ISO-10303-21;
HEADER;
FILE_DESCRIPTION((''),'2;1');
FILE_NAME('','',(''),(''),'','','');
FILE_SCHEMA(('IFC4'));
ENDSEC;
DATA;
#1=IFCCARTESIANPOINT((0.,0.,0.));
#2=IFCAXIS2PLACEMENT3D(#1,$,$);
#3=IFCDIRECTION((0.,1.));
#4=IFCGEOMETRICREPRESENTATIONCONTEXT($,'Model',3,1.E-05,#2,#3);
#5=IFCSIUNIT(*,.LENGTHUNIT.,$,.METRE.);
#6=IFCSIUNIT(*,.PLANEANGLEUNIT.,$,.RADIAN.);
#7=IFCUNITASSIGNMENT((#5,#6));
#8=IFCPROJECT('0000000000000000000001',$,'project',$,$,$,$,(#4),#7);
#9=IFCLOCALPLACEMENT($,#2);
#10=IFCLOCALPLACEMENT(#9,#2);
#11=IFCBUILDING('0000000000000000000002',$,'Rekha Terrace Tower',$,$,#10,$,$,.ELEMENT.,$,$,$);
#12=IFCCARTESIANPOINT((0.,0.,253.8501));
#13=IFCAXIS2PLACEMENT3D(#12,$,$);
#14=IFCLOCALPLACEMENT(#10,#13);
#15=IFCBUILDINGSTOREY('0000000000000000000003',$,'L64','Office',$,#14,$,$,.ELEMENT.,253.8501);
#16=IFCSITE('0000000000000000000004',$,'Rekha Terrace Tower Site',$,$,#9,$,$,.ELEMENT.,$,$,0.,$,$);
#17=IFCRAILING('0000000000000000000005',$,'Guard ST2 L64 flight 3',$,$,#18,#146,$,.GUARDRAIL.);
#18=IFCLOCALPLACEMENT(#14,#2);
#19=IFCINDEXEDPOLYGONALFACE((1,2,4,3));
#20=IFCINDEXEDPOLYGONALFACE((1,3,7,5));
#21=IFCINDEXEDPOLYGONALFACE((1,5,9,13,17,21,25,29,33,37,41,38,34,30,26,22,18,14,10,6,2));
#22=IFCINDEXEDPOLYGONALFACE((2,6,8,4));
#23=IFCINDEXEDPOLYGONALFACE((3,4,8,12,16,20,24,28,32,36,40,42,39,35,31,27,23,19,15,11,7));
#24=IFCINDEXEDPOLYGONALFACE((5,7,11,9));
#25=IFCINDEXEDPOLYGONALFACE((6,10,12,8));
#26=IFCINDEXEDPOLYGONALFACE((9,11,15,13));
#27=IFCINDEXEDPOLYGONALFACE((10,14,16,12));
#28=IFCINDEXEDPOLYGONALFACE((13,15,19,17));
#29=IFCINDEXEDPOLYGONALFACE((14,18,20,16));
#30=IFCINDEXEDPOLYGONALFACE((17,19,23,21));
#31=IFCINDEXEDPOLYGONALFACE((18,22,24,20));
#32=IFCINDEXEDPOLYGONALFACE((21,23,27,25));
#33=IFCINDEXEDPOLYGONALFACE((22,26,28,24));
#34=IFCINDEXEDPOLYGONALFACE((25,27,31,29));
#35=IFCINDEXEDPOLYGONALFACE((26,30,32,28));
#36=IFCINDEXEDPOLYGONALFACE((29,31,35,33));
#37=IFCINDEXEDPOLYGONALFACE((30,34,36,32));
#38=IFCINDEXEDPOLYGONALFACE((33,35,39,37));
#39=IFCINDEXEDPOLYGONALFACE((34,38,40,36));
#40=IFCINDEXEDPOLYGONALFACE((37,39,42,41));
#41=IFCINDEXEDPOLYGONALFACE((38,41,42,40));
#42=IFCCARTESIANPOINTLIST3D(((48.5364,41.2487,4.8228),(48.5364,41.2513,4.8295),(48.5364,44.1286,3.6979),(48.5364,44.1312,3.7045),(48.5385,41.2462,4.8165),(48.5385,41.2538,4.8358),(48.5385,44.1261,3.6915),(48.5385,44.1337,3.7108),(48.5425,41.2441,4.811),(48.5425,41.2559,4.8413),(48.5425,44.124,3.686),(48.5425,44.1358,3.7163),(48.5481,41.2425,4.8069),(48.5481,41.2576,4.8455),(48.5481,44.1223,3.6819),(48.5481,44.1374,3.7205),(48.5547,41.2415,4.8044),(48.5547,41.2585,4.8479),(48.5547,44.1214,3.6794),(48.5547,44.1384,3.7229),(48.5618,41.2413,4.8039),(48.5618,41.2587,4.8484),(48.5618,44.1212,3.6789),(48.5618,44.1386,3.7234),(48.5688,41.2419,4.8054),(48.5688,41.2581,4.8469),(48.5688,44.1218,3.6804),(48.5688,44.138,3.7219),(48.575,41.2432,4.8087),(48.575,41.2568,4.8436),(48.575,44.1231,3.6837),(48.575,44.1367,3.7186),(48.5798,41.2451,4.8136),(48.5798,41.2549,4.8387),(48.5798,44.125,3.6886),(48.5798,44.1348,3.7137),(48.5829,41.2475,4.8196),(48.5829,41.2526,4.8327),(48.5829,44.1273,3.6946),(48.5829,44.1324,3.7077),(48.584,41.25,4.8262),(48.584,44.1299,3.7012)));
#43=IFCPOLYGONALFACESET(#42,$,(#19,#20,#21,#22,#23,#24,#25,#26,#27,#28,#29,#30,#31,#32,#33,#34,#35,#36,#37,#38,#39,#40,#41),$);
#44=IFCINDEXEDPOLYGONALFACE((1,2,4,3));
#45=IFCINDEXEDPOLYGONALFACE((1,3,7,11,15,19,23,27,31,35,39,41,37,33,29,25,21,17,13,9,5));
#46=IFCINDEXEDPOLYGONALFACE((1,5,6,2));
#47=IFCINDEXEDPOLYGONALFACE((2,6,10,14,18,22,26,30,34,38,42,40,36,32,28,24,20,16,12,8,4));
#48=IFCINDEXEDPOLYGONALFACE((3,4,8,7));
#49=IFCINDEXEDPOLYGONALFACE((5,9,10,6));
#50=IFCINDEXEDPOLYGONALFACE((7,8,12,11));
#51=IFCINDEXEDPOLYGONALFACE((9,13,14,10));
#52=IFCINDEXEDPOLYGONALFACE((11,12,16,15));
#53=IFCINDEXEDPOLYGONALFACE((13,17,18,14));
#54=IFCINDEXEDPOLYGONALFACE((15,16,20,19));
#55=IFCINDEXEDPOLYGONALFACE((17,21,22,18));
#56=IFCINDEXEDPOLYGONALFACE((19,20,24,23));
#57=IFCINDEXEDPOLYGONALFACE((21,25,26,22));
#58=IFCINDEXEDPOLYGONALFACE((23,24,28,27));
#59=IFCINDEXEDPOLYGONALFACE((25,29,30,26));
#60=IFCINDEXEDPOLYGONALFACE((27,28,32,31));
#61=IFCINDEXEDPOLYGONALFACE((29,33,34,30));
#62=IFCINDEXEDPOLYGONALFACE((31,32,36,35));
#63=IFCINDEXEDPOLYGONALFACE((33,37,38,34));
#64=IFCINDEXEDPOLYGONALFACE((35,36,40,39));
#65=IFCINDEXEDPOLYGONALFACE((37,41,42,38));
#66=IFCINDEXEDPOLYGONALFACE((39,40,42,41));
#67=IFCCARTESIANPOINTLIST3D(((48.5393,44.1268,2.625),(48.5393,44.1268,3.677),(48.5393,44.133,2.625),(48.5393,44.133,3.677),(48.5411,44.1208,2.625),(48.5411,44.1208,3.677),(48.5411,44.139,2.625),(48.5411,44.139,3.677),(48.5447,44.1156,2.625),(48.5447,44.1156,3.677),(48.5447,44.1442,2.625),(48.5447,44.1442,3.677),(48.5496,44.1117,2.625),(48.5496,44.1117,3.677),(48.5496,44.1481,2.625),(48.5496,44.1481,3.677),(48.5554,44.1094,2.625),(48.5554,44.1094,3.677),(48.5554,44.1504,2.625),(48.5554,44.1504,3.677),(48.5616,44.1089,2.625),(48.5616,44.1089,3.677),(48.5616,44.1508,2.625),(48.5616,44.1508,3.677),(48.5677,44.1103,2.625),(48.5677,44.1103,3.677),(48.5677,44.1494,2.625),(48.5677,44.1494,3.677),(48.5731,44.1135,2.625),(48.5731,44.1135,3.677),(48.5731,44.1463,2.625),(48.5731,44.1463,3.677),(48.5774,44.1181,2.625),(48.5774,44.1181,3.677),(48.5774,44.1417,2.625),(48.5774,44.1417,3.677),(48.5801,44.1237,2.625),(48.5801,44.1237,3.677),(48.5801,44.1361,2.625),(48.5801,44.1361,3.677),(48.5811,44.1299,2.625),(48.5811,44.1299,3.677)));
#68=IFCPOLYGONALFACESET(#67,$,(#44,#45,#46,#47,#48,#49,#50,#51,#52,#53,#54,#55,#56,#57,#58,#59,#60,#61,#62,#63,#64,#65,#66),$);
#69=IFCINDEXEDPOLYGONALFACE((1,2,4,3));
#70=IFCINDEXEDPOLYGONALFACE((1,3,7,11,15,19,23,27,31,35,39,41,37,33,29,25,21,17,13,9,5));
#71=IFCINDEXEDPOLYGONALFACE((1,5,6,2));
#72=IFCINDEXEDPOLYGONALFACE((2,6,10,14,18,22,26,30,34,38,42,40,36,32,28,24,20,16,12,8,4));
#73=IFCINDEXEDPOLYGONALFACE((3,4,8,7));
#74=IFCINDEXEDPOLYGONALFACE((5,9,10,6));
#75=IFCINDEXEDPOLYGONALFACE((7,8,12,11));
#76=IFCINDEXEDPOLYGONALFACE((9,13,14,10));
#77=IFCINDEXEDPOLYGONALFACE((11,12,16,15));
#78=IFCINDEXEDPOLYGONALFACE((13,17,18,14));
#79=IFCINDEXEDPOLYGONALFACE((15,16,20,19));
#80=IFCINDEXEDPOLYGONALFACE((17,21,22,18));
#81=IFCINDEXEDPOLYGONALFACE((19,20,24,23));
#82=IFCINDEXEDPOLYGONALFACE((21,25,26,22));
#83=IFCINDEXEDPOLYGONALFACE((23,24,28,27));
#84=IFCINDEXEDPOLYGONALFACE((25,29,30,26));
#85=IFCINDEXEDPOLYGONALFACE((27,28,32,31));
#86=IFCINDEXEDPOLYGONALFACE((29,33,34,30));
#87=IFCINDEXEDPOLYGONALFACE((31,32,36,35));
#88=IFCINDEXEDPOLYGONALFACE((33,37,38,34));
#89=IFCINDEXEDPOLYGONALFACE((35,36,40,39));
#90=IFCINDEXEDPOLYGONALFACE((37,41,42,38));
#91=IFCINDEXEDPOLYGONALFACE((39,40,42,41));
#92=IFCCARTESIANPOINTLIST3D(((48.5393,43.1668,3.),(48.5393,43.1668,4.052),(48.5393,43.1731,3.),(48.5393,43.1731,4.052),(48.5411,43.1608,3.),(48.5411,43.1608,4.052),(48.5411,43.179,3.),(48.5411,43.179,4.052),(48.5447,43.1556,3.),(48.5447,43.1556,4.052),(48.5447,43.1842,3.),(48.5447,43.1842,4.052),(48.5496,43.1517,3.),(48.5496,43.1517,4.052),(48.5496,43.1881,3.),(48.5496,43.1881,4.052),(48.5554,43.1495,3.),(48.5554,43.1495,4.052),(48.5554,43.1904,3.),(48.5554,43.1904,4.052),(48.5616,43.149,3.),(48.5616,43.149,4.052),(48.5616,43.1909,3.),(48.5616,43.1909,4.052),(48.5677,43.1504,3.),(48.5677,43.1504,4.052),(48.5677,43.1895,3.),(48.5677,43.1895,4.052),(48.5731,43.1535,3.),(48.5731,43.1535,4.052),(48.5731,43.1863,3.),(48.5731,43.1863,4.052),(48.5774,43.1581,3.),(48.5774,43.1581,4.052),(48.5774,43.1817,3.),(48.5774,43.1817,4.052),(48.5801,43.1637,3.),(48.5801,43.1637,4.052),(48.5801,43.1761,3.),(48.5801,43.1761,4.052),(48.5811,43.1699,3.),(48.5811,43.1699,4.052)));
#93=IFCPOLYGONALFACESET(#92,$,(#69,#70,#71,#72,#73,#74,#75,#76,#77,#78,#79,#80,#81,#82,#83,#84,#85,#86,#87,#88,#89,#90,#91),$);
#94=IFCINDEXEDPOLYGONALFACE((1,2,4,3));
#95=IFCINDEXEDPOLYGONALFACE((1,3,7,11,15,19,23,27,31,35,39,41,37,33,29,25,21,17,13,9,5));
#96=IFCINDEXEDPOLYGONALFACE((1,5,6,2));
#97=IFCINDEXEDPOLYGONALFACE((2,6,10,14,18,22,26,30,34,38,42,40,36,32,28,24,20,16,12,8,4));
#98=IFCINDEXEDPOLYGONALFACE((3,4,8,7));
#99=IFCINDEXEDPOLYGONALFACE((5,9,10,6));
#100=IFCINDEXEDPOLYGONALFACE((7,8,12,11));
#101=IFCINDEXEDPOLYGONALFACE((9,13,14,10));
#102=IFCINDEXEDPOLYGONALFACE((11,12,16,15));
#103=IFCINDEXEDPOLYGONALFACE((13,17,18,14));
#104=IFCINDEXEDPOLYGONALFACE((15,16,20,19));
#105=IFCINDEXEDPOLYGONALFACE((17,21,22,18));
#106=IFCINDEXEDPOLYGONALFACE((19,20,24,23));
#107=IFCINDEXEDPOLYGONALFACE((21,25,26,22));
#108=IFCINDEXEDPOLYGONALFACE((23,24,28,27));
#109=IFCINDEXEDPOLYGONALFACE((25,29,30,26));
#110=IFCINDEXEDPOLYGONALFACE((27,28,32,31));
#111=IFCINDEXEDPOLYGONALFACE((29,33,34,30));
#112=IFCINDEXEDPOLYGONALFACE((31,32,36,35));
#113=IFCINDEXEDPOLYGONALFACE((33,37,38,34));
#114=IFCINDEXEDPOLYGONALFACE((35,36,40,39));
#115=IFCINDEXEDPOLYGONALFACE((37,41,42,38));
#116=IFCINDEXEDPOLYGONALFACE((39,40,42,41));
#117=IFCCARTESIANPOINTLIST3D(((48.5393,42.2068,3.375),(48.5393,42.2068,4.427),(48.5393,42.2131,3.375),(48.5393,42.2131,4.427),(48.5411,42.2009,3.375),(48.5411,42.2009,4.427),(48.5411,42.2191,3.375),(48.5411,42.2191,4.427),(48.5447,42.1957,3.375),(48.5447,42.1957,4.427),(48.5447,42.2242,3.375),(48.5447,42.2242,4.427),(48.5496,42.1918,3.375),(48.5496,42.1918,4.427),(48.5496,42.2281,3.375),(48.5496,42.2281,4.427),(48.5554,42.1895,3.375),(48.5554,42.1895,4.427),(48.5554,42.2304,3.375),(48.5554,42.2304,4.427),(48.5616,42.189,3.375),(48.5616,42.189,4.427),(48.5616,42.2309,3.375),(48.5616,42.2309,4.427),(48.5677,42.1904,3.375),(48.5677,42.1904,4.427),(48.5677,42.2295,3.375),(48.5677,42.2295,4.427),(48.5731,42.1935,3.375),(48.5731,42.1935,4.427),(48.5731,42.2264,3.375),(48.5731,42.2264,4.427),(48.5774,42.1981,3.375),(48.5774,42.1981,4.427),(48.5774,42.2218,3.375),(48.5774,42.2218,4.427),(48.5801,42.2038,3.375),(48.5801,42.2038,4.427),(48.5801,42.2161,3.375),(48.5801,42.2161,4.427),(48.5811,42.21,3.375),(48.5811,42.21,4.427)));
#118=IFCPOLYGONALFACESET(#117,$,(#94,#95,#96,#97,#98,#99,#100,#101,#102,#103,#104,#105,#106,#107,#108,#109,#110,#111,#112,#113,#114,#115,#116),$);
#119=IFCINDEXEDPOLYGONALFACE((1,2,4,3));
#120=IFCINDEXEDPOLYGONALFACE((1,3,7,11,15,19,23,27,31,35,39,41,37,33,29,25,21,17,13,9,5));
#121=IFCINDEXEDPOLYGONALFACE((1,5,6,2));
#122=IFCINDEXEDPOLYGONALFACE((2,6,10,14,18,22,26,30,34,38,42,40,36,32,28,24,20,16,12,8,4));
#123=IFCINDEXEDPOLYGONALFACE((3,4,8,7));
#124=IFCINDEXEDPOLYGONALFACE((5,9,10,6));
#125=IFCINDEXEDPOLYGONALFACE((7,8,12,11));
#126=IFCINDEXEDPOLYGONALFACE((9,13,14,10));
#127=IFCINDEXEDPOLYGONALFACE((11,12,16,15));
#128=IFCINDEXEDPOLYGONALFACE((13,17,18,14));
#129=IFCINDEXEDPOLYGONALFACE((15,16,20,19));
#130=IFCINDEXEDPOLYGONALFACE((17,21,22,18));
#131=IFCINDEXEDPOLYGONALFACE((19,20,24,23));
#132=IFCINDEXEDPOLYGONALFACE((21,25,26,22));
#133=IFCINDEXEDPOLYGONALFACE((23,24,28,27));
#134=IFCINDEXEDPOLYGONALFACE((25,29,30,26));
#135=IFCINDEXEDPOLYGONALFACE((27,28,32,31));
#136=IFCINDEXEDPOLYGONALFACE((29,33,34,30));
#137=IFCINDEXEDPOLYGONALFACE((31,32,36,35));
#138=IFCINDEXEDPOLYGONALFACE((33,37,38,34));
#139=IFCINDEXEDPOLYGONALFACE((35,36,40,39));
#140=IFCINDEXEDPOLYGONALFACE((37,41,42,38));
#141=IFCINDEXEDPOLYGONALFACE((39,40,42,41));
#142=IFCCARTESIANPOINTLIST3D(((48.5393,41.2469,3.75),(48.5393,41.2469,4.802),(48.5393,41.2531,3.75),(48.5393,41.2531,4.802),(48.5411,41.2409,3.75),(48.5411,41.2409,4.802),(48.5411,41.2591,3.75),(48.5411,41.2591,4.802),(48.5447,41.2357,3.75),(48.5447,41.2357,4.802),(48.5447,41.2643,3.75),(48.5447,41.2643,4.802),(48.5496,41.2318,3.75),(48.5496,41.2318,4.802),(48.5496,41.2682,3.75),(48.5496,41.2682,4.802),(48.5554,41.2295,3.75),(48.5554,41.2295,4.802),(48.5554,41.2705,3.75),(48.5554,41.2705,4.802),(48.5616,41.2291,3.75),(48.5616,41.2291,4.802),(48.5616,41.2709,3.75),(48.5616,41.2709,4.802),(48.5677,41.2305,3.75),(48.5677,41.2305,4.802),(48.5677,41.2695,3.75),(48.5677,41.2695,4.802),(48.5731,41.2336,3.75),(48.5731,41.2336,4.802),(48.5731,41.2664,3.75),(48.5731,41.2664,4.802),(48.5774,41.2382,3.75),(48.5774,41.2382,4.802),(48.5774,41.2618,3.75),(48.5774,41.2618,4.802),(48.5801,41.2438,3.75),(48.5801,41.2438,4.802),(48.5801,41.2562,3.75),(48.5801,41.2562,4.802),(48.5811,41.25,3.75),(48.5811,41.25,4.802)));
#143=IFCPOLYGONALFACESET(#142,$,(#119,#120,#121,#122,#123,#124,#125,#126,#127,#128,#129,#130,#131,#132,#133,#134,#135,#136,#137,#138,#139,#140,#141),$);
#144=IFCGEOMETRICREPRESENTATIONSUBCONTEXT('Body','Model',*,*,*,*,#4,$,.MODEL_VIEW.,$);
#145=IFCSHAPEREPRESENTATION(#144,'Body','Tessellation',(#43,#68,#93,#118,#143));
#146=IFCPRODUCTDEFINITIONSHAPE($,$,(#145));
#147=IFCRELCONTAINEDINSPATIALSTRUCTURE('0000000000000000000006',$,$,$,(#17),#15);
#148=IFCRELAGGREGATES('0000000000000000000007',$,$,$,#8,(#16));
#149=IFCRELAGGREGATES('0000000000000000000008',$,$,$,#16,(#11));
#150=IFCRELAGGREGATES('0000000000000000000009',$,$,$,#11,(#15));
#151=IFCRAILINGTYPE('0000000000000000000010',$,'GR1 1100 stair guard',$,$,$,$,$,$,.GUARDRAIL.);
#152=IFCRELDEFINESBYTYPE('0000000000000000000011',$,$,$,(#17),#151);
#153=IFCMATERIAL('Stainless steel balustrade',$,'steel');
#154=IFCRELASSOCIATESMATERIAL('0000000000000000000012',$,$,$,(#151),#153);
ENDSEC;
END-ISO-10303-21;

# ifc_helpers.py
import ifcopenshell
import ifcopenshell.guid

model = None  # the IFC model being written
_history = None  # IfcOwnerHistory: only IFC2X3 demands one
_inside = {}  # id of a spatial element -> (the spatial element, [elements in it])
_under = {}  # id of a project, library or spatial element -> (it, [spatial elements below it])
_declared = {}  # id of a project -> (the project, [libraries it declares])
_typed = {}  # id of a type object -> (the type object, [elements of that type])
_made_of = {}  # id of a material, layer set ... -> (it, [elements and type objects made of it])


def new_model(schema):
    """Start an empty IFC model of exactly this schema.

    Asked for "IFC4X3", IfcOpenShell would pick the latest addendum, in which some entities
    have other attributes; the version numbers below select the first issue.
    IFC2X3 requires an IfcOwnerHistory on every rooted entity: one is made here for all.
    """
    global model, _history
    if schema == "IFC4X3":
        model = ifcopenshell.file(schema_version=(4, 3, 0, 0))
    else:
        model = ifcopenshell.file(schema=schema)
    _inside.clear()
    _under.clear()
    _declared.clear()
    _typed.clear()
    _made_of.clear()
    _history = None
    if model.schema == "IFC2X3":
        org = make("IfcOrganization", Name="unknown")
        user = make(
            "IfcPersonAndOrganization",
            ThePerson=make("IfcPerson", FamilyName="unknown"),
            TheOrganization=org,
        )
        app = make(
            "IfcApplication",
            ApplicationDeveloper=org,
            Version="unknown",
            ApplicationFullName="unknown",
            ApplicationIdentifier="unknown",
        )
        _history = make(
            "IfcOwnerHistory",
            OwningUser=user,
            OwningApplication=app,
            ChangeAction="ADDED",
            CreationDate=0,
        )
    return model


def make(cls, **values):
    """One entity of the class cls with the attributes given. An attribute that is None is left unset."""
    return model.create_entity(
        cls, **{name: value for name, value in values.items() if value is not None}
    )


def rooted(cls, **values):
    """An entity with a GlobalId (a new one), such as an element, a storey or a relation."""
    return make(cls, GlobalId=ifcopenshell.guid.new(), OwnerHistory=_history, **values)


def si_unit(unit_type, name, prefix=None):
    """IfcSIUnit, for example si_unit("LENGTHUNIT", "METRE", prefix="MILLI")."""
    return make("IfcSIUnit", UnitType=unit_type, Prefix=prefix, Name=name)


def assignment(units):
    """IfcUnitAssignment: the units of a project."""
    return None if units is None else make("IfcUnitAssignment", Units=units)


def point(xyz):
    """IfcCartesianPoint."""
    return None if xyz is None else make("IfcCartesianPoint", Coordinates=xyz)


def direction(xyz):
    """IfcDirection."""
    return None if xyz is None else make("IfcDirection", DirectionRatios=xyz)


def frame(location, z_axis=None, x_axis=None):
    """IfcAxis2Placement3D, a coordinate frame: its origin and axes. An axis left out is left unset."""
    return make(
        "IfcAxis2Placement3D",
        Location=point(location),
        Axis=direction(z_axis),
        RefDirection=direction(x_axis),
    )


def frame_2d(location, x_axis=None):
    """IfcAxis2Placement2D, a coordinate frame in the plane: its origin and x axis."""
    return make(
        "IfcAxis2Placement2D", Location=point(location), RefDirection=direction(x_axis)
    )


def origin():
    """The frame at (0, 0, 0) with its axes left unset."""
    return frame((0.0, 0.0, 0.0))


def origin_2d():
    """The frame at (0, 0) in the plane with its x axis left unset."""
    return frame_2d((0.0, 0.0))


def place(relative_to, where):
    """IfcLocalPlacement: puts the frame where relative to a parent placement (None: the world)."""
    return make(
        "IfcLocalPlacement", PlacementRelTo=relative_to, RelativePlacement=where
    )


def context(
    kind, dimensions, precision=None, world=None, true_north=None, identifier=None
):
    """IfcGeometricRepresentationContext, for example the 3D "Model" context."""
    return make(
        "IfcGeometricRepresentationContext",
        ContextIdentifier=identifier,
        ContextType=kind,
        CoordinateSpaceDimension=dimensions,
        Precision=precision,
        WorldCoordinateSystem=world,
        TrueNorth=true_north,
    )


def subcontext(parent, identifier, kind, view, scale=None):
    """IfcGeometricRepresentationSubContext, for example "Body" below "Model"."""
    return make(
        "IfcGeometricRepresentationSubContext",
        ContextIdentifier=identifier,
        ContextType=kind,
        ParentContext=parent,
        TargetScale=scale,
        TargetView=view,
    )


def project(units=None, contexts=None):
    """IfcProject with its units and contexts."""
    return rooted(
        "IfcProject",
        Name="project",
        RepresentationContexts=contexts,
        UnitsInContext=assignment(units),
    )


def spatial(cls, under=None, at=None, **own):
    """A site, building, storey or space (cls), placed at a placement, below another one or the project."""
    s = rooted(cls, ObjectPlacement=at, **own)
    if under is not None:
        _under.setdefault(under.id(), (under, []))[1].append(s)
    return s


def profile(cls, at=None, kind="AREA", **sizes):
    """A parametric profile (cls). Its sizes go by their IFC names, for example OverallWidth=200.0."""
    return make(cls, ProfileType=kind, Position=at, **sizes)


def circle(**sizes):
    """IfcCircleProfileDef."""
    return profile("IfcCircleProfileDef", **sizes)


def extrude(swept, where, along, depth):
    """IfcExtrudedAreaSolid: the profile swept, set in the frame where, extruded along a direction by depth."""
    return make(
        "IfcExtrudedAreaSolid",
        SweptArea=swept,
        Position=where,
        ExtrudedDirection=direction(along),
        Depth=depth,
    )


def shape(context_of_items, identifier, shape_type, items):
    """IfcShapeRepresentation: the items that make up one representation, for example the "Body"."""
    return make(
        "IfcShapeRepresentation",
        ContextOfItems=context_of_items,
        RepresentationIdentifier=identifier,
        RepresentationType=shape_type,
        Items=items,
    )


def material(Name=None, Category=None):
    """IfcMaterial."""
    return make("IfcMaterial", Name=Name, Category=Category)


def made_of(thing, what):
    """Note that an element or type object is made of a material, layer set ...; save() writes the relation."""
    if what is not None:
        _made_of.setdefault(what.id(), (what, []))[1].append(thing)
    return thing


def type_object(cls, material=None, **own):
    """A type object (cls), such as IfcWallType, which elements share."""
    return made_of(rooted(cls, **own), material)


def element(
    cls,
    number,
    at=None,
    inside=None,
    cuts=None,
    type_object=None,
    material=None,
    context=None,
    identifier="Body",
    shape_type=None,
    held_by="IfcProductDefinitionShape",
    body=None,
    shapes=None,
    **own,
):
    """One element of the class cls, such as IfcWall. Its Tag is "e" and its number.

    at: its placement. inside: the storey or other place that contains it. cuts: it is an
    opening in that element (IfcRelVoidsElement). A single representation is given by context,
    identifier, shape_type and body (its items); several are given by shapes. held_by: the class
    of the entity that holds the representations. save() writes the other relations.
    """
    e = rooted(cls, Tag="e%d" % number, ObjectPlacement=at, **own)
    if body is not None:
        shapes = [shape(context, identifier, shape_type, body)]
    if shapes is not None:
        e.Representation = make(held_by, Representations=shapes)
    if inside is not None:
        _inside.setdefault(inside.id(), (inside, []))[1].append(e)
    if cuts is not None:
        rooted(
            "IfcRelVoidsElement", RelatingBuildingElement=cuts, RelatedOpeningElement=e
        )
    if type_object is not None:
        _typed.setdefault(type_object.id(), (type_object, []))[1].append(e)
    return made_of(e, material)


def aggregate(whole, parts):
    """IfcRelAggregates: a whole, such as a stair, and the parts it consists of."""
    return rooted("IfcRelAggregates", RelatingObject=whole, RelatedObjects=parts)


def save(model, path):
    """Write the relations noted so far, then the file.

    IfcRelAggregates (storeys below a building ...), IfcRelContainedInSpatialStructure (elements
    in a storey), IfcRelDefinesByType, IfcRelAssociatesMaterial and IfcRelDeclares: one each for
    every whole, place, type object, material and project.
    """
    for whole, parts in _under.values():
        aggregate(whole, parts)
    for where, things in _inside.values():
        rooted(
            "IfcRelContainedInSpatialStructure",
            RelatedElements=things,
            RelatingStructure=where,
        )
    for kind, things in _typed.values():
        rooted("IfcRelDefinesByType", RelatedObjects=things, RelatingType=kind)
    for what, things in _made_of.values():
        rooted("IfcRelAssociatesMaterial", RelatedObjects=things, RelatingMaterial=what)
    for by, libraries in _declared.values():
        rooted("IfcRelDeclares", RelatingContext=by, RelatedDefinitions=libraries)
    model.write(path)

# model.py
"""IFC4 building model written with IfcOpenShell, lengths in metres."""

from ifc_helpers import new_model, si_unit, direction, frame, origin, origin_2d, place, context, subcontext, project, spatial, circle, extrude, material, type_object, element, save


model = new_model("IFC4")

# Units and contexts
model_context = context("Model", 3, precision=1e-05, world=origin(), true_north=direction((0.0, 1.0)))
body_context = subcontext(model_context, "Body", "Model", "MODEL_VIEW")
ifc_project = project(units=[si_unit("LENGTHUNIT", "METRE"), si_unit("PLANEANGLEUNIT", "RADIAN")], contexts=[model_context])

# Site, building, storey
site_placement = place(None, origin())
site = spatial("IfcSite", under=ifc_project, at=site_placement, Name="Rekha Terrace Tower Site", CompositionType="ELEMENT", RefElevation=0.0)
building_placement = place(site_placement, origin())
building = spatial("IfcBuilding", under=site, at=building_placement, Name="Rekha Terrace Tower", CompositionType="ELEMENT")
storey_placement = place(building_placement, frame((0.0, 0.0, 253.8501)))
storey = spatial("IfcBuildingStorey", under=building, at=storey_placement, Name="L64", Description="Office", CompositionType="ELEMENT", Elevation=253.8501)

# Railing
ifc_material_1 = material(Name="Stainless steel balustrade", Category="steel")
railing_type_1 = type_object("IfcRailingType", Name="GR1 1100 stair guard", PredefinedType="GUARDRAIL", material=ifc_material_1)
railing_1_placement = place(storey_placement, frame((48.5601, 44.1299, 2.625)))
element("IfcRailing", 1, at=railing_1_placement, inside=storey, type_object=railing_type_1, Name="Guard ST2 L64 flight 3", PredefinedType="GUARDRAIL", context=body_context, shape_type="SweptSolid", body=[
    extrude(circle(Radius=0.0239, at=origin_2d()), frame((0.0, 0.0, 1.0762), z_axis=(0.0, -0.931452, 0.363863), x_axis=(1.0, 0.0, 0.0)), (0.0, 0.0, 1.0), 3.0918),
    extrude(circle(Radius=0.021, at=origin_2d()), origin(), (0.0, 0.0, 1.0), 1.052),
    extrude(circle(Radius=0.021, at=origin_2d()), frame((0.0, -0.96, 0.375)), (0.0, 0.0, 1.0), 1.052),
    extrude(circle(Radius=0.021, at=origin_2d()), frame((0.0, -1.9199, 0.75)), (0.0, 0.0, 1.0), 1.052),
    extrude(circle(Radius=0.021, at=origin_2d()), frame((0.0, -2.8799, 1.125)), (0.0, 0.0, 1.0), 1.052),
])

save(model, "model.ifc")
